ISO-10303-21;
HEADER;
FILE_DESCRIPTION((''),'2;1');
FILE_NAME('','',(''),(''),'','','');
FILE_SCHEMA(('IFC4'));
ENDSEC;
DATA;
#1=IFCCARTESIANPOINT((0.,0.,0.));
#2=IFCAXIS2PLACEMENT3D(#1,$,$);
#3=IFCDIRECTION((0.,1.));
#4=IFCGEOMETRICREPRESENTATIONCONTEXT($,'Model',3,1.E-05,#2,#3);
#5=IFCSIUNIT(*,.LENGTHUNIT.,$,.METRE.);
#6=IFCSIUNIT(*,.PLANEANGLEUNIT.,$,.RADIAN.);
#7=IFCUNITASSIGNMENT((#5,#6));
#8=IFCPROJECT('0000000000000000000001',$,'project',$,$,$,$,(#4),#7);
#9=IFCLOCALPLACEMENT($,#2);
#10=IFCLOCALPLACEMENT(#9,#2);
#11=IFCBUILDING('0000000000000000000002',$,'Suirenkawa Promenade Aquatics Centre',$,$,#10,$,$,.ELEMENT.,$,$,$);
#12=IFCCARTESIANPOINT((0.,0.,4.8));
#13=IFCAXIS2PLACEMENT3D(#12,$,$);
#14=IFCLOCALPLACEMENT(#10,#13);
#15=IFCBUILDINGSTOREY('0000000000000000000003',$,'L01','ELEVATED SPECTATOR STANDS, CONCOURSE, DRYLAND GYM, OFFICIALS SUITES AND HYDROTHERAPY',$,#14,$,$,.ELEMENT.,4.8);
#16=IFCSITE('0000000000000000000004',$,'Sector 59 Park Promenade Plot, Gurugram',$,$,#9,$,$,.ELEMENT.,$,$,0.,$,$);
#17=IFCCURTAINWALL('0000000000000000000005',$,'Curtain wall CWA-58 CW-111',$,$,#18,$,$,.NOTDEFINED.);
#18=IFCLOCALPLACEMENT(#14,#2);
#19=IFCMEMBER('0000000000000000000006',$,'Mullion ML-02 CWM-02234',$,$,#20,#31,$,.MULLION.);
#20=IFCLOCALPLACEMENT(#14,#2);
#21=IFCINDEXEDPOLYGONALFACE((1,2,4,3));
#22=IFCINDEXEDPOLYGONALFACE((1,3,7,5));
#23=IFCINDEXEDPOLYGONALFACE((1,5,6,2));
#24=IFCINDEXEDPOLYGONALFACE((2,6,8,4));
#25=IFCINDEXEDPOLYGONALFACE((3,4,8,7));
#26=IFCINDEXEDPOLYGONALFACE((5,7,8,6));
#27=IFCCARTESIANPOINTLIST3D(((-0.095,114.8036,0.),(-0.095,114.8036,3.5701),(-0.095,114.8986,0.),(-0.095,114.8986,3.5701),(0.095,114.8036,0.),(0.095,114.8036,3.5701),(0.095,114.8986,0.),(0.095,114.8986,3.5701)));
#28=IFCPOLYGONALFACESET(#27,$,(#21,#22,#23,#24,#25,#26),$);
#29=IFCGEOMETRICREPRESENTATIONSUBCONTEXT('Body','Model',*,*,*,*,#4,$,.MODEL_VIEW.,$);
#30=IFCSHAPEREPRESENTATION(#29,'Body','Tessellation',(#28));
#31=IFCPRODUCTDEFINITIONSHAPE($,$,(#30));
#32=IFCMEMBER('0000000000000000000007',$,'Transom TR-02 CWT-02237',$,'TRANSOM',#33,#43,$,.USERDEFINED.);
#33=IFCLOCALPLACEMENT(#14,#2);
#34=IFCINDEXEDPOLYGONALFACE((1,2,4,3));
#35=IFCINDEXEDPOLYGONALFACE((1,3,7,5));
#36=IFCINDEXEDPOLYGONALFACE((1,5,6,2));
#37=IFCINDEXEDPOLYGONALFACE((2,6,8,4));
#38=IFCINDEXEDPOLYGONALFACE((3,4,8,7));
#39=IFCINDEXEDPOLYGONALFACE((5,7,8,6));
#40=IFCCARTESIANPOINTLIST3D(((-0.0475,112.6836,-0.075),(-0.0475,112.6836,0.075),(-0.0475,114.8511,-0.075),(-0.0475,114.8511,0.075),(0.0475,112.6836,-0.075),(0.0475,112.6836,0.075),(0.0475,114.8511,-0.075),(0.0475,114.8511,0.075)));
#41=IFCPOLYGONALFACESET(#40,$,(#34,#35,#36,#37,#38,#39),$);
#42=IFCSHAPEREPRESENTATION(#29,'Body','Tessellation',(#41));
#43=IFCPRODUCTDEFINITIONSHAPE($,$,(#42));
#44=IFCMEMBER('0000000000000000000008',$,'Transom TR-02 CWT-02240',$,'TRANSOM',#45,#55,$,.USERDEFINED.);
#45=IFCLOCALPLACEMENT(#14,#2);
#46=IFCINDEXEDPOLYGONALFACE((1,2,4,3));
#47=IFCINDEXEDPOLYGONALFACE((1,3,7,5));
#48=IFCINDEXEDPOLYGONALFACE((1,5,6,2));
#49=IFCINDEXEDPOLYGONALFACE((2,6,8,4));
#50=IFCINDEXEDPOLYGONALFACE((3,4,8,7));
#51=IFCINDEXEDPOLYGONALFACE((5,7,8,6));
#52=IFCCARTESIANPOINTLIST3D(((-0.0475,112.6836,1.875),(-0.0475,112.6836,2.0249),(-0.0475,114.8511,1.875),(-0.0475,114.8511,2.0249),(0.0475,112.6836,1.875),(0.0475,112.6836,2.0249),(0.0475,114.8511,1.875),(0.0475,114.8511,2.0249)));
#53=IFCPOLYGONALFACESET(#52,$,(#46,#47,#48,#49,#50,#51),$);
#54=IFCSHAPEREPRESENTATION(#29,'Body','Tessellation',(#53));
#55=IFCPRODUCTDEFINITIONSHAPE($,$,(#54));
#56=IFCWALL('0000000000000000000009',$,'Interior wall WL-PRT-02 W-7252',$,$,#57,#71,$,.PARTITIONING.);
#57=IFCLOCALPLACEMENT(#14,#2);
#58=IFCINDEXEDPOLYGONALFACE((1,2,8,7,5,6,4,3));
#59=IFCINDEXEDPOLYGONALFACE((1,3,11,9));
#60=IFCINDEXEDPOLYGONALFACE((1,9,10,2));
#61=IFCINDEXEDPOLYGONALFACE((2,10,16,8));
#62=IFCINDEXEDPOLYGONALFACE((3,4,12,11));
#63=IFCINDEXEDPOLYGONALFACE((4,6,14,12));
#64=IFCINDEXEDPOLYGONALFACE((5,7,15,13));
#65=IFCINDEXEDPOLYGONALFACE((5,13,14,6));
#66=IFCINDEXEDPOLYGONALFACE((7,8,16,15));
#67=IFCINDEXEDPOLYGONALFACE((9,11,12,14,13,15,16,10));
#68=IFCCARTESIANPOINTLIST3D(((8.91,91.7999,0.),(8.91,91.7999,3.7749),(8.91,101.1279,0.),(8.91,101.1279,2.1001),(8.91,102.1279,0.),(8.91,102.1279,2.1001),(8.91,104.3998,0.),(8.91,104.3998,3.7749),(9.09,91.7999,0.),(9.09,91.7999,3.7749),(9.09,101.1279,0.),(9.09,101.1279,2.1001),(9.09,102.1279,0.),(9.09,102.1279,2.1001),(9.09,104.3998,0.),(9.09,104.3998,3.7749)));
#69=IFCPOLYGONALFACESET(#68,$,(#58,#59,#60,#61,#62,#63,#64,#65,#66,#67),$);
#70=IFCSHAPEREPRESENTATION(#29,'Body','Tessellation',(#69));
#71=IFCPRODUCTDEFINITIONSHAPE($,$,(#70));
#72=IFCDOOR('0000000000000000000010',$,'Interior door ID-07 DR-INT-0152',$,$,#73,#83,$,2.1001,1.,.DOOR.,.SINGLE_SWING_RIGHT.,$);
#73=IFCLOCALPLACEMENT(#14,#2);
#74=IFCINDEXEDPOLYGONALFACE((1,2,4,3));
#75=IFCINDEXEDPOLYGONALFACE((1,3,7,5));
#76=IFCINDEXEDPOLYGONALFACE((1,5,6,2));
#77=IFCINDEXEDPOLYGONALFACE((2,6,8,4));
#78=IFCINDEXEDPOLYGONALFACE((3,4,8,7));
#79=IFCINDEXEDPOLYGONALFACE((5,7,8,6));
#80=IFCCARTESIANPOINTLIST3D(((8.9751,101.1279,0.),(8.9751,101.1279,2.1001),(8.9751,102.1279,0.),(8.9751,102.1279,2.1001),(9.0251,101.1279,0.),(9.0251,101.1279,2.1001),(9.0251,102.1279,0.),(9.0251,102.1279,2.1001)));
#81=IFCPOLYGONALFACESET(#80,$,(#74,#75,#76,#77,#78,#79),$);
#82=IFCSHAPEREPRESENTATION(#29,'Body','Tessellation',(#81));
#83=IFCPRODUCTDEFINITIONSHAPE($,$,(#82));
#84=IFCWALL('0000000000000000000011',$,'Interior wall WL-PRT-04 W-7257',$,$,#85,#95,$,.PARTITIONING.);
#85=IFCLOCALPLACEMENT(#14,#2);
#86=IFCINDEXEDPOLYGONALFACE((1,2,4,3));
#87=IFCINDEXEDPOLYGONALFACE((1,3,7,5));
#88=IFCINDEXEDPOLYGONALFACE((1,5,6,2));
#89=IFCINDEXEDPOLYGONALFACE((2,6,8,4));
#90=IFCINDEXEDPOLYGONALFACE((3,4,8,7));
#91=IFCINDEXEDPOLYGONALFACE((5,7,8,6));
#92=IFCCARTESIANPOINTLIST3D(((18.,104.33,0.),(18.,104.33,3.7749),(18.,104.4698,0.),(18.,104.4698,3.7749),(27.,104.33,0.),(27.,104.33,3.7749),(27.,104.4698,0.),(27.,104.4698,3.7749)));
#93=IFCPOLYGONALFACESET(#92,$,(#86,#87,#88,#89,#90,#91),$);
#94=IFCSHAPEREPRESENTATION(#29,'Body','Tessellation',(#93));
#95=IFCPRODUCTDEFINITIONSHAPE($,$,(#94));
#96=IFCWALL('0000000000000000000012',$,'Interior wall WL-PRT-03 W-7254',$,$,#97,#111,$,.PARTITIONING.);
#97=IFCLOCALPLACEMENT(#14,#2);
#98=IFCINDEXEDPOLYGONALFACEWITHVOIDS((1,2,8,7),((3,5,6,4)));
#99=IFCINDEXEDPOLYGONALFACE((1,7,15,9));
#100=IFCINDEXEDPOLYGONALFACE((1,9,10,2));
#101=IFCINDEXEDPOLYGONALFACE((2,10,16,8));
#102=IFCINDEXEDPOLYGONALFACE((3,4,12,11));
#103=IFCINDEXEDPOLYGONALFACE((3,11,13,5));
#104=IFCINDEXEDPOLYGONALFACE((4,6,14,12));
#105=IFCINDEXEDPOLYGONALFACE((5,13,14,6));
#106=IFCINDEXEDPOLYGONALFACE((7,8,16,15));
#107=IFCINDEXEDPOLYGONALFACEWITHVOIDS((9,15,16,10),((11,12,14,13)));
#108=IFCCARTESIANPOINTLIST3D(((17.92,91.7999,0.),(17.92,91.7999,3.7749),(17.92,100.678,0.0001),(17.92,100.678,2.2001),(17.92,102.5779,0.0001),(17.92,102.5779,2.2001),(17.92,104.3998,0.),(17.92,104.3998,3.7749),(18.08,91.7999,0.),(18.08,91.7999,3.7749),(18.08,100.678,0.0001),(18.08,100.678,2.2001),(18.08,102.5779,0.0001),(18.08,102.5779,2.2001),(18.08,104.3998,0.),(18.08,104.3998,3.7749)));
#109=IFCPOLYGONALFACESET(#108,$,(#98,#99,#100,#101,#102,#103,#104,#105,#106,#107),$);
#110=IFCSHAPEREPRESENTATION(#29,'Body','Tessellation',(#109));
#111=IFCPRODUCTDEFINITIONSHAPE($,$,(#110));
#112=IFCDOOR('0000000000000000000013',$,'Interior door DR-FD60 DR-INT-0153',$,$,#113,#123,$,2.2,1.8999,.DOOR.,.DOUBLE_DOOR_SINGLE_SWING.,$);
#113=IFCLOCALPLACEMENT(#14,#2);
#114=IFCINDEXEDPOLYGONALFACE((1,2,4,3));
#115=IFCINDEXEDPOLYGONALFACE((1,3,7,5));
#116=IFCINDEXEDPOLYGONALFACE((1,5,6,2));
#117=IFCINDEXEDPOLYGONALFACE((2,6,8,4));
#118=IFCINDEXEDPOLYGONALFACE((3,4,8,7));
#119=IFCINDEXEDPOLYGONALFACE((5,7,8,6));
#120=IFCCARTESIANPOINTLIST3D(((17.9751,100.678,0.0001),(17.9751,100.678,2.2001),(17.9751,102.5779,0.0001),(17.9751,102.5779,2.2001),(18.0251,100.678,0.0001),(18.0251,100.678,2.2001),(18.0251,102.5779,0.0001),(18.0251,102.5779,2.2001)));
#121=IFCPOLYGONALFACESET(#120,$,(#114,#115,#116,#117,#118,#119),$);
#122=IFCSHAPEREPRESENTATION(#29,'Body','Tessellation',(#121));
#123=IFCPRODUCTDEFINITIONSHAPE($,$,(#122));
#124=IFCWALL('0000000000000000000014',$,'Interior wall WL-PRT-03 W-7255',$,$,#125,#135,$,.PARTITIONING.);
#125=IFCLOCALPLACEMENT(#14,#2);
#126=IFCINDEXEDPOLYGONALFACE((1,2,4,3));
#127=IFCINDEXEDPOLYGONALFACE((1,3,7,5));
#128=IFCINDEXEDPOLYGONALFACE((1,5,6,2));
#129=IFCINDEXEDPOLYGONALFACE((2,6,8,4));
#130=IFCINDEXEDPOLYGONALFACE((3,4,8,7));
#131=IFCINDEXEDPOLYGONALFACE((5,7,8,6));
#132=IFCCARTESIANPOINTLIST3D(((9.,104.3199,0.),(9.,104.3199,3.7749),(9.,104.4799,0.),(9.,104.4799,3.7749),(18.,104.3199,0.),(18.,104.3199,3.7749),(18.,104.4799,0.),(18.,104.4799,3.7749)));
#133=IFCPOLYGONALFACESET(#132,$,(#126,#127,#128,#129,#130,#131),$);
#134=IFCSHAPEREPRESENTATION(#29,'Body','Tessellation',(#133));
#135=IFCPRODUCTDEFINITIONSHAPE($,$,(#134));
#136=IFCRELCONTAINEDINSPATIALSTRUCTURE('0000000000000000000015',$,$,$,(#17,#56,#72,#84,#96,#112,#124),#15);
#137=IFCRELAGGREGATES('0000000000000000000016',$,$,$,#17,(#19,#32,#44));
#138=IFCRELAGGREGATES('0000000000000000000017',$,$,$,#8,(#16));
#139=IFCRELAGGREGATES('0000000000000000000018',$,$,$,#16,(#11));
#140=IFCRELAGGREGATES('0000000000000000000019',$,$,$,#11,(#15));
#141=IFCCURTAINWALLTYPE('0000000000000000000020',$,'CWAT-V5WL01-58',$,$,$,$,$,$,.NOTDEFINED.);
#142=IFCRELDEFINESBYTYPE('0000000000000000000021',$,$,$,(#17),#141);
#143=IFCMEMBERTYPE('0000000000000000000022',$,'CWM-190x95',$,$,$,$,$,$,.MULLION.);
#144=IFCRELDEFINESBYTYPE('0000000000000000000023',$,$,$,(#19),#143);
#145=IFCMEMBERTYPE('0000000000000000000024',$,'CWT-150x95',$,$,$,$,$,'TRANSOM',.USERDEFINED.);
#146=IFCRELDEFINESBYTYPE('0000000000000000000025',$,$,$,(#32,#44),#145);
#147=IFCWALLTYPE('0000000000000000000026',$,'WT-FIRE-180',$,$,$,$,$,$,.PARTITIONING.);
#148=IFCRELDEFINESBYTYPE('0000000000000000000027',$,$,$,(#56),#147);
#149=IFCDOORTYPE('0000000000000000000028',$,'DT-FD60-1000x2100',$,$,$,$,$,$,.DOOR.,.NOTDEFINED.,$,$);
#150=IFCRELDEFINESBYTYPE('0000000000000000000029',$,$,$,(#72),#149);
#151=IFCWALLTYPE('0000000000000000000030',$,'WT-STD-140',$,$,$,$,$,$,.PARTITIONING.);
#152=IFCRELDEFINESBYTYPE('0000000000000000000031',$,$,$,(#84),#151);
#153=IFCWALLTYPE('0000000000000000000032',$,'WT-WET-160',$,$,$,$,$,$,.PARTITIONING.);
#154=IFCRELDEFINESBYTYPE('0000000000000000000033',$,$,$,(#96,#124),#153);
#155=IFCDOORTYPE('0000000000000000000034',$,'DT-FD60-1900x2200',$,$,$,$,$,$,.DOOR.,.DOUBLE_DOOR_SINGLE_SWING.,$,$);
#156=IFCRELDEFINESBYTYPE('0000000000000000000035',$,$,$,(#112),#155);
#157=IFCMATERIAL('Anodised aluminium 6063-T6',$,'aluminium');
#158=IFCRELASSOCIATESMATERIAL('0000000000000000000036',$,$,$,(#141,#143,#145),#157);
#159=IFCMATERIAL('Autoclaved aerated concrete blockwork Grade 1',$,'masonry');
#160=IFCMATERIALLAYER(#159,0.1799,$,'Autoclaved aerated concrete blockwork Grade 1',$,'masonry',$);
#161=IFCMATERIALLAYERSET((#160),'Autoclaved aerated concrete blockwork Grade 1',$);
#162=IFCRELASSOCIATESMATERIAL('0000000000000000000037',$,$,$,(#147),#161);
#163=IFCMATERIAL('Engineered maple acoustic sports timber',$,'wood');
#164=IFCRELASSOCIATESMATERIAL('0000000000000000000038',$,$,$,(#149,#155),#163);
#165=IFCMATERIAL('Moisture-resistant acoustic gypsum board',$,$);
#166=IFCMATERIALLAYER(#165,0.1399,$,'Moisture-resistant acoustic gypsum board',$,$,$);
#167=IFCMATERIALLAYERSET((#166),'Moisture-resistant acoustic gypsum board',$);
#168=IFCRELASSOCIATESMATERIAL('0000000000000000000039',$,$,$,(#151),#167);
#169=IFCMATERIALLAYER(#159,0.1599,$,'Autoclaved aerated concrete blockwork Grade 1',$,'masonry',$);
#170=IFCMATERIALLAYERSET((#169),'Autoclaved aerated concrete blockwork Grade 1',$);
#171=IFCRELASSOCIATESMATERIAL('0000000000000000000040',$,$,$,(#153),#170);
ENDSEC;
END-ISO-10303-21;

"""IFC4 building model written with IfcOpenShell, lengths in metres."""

from ifc_helpers import new_model, si_unit, direction, frame, frame_2d, origin, origin_2d, place, context, subcontext, project, spatial, rectangle, extrude, material, layer, layer_set, material_profile, profile_set, type_object, element, fill, aggregate, save


model = new_model("IFC4")

# Units and contexts
model_context = context("Model", 3, precision=1e-05, world=origin(), true_north=direction((0.0, 1.0)))
body_context = subcontext(model_context, "Body", "Model", "MODEL_VIEW")
ifc_project = project(units=[si_unit("LENGTHUNIT", "METRE"), si_unit("PLANEANGLEUNIT", "RADIAN")], contexts=[model_context])

# Site, building, storey
site_placement = place(None, origin())
site = spatial("IfcSite", under=ifc_project, at=site_placement, Name="Sector 59 Park Promenade Plot, Gurugram", CompositionType="ELEMENT", RefElevation=0.0)
building_placement = place(site_placement, origin())
building = spatial("IfcBuilding", under=site, at=building_placement, Name="Suirenkawa Promenade Aquatics Centre", CompositionType="ELEMENT")
storey_placement = place(building_placement, frame((0.0, 0.0, 4.8)))
storey = spatial("IfcBuildingStorey", under=building, at=storey_placement, Name="L01", Description="ELEVATED SPECTATOR STANDS, CONCOURSE, DRYLAND GYM, OFFICIALS SUITES AND HYDROTHERAPY", CompositionType="ELEMENT", Elevation=4.8)

# Curtain wall, members
ifc_material_1 = material(Name="Anodised aluminium 6063-T6", Category="aluminium")
curtain_wall_type = type_object("IfcCurtainWallType", Name="CWAT-V5WL01-58", PredefinedType="NOTDEFINED", material=ifc_material_1)
curtain_wall_placement = place(storey_placement, origin())
curtain_wall = element("IfcCurtainWall", 1, at=curtain_wall_placement, inside=storey, type_object=curtain_wall_type, Name="Curtain wall CWA-58 CW-111", PredefinedType="NOTDEFINED")
ifc_material_profile_1 = material_profile(ifc_material_1, rectangle(XDim=0.095, YDim=0.1899, at=origin_2d()), Name="ALU MULL 95x190", Category="aluminium")
ifc_profile_set_1 = profile_set([ifc_material_profile_1], Name="Anodised aluminium 6063-T6")
member_type_1 = type_object("IfcMemberType", Name="CWM-190x95", PredefinedType="MULLION", material=ifc_profile_set_1)
member_1_placement = place(storey_placement, frame((0.0, 114.8511, 0.0), z_axis=(0.0, 0.0, 1.0), x_axis=(0.0, 1.0, 0.0)))
member_1 = element("IfcMember", 2, at=member_1_placement, type_object=member_type_1, Name="Mullion ML-02 CWM-02234", PredefinedType="MULLION", context=body_context, shape_type="SweptSolid", body=[
    extrude(rectangle(XDim=0.095, YDim=0.1899, at=origin_2d()), origin(), (0.0, 0.0, 1.0), 3.5701),
])
ifc_material_profile_2 = material_profile(ifc_material_1, rectangle(XDim=0.095, YDim=0.1499, at=origin_2d()), Name="ALU TRAN 95x150", Category="aluminium")
ifc_profile_set_2 = profile_set([ifc_material_profile_2], Name="Anodised aluminium 6063-T6")
member_type_2 = type_object("IfcMemberType", Name="CWT-150x95", ElementType="TRANSOM", PredefinedType="USERDEFINED", material=ifc_profile_set_2)
member_2_placement = place(storey_placement, frame((0.0, 112.6836, 0.0), z_axis=(0.0, 1.0, 0.0), x_axis=(-1.0, 0.0, 0.0)))
member_2 = element("IfcMember", 3, at=member_2_placement, type_object=member_type_2, Name="Transom TR-02 CWT-02237", ObjectType="TRANSOM", PredefinedType="USERDEFINED", context=body_context, shape_type="SweptSolid", body=[
    extrude(rectangle(XDim=0.095, YDim=0.1499, at=origin_2d()), origin(), (0.0, 0.0, 1.0), 2.1675),
])
member_3_placement = place(storey_placement, frame((0.0, 112.6836, 1.95), z_axis=(0.0, 1.0, 0.0), x_axis=(-1.0, 0.0, 0.0)))
member_3 = element("IfcMember", 4, at=member_3_placement, type_object=member_type_2, Name="Transom TR-02 CWT-02240", ObjectType="TRANSOM", PredefinedType="USERDEFINED", context=body_context, shape_type="SweptSolid", body=[
    extrude(rectangle(XDim=0.095, YDim=0.1499, at=origin_2d()), origin(), (0.0, 0.0, 1.0), 2.1675),
])
aggregate(curtain_wall, [member_1, member_2, member_3])

# Wall, opening, door
ifc_material_2 = material(Name="Autoclaved aerated concrete blockwork Grade 1", Category="masonry")
ifc_layer_1 = layer(ifc_material_2, 0.1799, Name="Autoclaved aerated concrete blockwork Grade 1", Category="masonry")
ifc_layer_set_1 = layer_set([ifc_layer_1], Name="Autoclaved aerated concrete blockwork Grade 1")
wall_type_1 = type_object("IfcWallType", Name="WT-FIRE-180", PredefinedType="PARTITIONING", material=ifc_layer_set_1)
wall_1_placement = place(storey_placement, frame((9.0, 91.8, 0.0), z_axis=(0.0, 0.0, 1.0), x_axis=(0.0, 1.0, 0.0)))
wall_1 = element("IfcWall", 5, at=wall_1_placement, inside=storey, type_object=wall_type_1, Name="Interior wall WL-PRT-02 W-7252", PredefinedType="PARTITIONING", context=body_context, shape_type="SweptSolid", body=[
    extrude(rectangle(XDim=12.5999, YDim=0.1799, at=frame_2d((6.2998, 0.0))), origin(), (0.0, 0.0, 1.0), 3.7749),
])
opening_1_placement = place(wall_1_placement, frame((9.3279, 0.0, 0.0)))
opening_1 = element("IfcOpeningElement", 6, at=opening_1_placement, cuts=wall_1, PredefinedType="OPENING", context=body_context, shape_type="SweptSolid", body=[
    extrude(rectangle(XDim=1.0, YDim=2.1001, at=frame_2d((0.5, 1.05))), frame((0.0, 0.0999, 0.0), z_axis=(0.0, -1.0, 0.0), x_axis=(1.0, 0.0, 0.0)), (0.0, 0.0, 1.0), 0.2),
])
ifc_material_3 = material(Name="Engineered maple acoustic sports timber", Category="wood")
door_type_1 = type_object("IfcDoorType", Name="DT-FD60-1000x2100", OperationType="NOTDEFINED", PredefinedType="DOOR", material=ifc_material_3)
door_1_placement = place(opening_1_placement, origin())
door_1 = element("IfcDoor", 7, at=door_1_placement, inside=storey, type_object=door_type_1, Name="Interior door ID-07 DR-INT-0152", OperationType="SINGLE_SWING_RIGHT", OverallHeight=2.1001, OverallWidth=1.0, PredefinedType="DOOR", context=body_context, shape_type="SweptSolid", body=[
    extrude(rectangle(XDim=1.0, YDim=2.1001, at=frame_2d((0.5, 1.05))), frame((0.0, 0.0249, 0.0), z_axis=(0.0, -1.0, 0.0), x_axis=(1.0, 0.0, 0.0)), (0.0, 0.0, 1.0), 0.05),
])
fill(opening_1, door_1)

# Wall
ifc_material_4 = material(Name="Moisture-resistant acoustic gypsum board")
ifc_layer_2 = layer(ifc_material_4, 0.1399, Name="Moisture-resistant acoustic gypsum board")
ifc_layer_set_2 = layer_set([ifc_layer_2], Name="Moisture-resistant acoustic gypsum board")
wall_type_2 = type_object("IfcWallType", Name="WT-STD-140", PredefinedType="PARTITIONING", material=ifc_layer_set_2)
wall_2_placement = place(storey_placement, frame((18.0, 104.3999, 0.0), z_axis=(0.0, 0.0, 1.0), x_axis=(1.0, 0.0, 0.0)))
element("IfcWall", 8, at=wall_2_placement, inside=storey, type_object=wall_type_2, Name="Interior wall WL-PRT-04 W-7257", PredefinedType="PARTITIONING", context=body_context, shape_type="SweptSolid", body=[
    extrude(rectangle(XDim=9.0, YDim=0.1399, at=frame_2d((4.5, 0.0))), origin(), (0.0, 0.0, 1.0), 3.7749),
])

# Wall, opening, door
ifc_layer_3 = layer(ifc_material_2, 0.1599, Name="Autoclaved aerated concrete blockwork Grade 1", Category="masonry")
ifc_layer_set_3 = layer_set([ifc_layer_3], Name="Autoclaved aerated concrete blockwork Grade 1")
wall_type_3 = type_object("IfcWallType", Name="WT-WET-160", PredefinedType="PARTITIONING", material=ifc_layer_set_3)
wall_3_placement = place(storey_placement, frame((18.0, 91.8, 0.0), z_axis=(0.0, 0.0, 1.0), x_axis=(0.0, 1.0, 0.0)))
wall_3 = element("IfcWall", 9, at=wall_3_placement, inside=storey, type_object=wall_type_3, Name="Interior wall WL-PRT-03 W-7254", PredefinedType="PARTITIONING", context=body_context, shape_type="SweptSolid", body=[
    extrude(rectangle(XDim=12.5999, YDim=0.1599, at=frame_2d((6.2998, 0.0))), origin(), (0.0, 0.0, 1.0), 3.7749),
])
opening_2_placement = place(wall_3_placement, frame((8.8779, 0.0, 0.0)))
opening_2 = element("IfcOpeningElement", 10, at=opening_2_placement, cuts=wall_3, PredefinedType="OPENING", context=body_context, shape_type="SweptSolid", body=[
    extrude(rectangle(XDim=1.8999, YDim=2.2, at=frame_2d((0.95, 1.1001))), frame((0.0, 0.0898, 0.0), z_axis=(0.0, -1.0, 0.0), x_axis=(1.0, 0.0, 0.0)), (0.0, 0.0, 1.0), 0.1799),
])
door_type_2 = type_object("IfcDoorType", Name="DT-FD60-1900x2200", OperationType="DOUBLE_DOOR_SINGLE_SWING", PredefinedType="DOOR", material=ifc_material_3)
door_2_placement = place(opening_2_placement, origin())
door_2 = element("IfcDoor", 11, at=door_2_placement, inside=storey, type_object=door_type_2, Name="Interior door DR-FD60 DR-INT-0153", OperationType="DOUBLE_DOOR_SINGLE_SWING", OverallHeight=2.2, OverallWidth=1.8999, PredefinedType="DOOR", context=body_context, shape_type="SweptSolid", body=[
    extrude(rectangle(XDim=1.8999, YDim=2.2, at=frame_2d((0.95, 1.1001))), frame((0.0, 0.0249, 0.0), z_axis=(0.0, -1.0, 0.0), x_axis=(1.0, 0.0, 0.0)), (0.0, 0.0, 1.0), 0.05),
])
fill(opening_2, door_2)

# Wall
wall_4_placement = place(storey_placement, frame((9.0, 104.3999, 0.0), z_axis=(0.0, 0.0, 1.0), x_axis=(1.0, 0.0, 0.0)))
element("IfcWall", 12, at=wall_4_placement, inside=storey, type_object=wall_type_3, Name="Interior wall WL-PRT-03 W-7255", PredefinedType="PARTITIONING", context=body_context, shape_type="SweptSolid", body=[
    extrude(rectangle(XDim=9.0, YDim=0.1599, at=frame_2d((4.5, 0.0))), origin(), (0.0, 0.0, 1.0), 3.7749),
])

save(model, "model.ifc")
